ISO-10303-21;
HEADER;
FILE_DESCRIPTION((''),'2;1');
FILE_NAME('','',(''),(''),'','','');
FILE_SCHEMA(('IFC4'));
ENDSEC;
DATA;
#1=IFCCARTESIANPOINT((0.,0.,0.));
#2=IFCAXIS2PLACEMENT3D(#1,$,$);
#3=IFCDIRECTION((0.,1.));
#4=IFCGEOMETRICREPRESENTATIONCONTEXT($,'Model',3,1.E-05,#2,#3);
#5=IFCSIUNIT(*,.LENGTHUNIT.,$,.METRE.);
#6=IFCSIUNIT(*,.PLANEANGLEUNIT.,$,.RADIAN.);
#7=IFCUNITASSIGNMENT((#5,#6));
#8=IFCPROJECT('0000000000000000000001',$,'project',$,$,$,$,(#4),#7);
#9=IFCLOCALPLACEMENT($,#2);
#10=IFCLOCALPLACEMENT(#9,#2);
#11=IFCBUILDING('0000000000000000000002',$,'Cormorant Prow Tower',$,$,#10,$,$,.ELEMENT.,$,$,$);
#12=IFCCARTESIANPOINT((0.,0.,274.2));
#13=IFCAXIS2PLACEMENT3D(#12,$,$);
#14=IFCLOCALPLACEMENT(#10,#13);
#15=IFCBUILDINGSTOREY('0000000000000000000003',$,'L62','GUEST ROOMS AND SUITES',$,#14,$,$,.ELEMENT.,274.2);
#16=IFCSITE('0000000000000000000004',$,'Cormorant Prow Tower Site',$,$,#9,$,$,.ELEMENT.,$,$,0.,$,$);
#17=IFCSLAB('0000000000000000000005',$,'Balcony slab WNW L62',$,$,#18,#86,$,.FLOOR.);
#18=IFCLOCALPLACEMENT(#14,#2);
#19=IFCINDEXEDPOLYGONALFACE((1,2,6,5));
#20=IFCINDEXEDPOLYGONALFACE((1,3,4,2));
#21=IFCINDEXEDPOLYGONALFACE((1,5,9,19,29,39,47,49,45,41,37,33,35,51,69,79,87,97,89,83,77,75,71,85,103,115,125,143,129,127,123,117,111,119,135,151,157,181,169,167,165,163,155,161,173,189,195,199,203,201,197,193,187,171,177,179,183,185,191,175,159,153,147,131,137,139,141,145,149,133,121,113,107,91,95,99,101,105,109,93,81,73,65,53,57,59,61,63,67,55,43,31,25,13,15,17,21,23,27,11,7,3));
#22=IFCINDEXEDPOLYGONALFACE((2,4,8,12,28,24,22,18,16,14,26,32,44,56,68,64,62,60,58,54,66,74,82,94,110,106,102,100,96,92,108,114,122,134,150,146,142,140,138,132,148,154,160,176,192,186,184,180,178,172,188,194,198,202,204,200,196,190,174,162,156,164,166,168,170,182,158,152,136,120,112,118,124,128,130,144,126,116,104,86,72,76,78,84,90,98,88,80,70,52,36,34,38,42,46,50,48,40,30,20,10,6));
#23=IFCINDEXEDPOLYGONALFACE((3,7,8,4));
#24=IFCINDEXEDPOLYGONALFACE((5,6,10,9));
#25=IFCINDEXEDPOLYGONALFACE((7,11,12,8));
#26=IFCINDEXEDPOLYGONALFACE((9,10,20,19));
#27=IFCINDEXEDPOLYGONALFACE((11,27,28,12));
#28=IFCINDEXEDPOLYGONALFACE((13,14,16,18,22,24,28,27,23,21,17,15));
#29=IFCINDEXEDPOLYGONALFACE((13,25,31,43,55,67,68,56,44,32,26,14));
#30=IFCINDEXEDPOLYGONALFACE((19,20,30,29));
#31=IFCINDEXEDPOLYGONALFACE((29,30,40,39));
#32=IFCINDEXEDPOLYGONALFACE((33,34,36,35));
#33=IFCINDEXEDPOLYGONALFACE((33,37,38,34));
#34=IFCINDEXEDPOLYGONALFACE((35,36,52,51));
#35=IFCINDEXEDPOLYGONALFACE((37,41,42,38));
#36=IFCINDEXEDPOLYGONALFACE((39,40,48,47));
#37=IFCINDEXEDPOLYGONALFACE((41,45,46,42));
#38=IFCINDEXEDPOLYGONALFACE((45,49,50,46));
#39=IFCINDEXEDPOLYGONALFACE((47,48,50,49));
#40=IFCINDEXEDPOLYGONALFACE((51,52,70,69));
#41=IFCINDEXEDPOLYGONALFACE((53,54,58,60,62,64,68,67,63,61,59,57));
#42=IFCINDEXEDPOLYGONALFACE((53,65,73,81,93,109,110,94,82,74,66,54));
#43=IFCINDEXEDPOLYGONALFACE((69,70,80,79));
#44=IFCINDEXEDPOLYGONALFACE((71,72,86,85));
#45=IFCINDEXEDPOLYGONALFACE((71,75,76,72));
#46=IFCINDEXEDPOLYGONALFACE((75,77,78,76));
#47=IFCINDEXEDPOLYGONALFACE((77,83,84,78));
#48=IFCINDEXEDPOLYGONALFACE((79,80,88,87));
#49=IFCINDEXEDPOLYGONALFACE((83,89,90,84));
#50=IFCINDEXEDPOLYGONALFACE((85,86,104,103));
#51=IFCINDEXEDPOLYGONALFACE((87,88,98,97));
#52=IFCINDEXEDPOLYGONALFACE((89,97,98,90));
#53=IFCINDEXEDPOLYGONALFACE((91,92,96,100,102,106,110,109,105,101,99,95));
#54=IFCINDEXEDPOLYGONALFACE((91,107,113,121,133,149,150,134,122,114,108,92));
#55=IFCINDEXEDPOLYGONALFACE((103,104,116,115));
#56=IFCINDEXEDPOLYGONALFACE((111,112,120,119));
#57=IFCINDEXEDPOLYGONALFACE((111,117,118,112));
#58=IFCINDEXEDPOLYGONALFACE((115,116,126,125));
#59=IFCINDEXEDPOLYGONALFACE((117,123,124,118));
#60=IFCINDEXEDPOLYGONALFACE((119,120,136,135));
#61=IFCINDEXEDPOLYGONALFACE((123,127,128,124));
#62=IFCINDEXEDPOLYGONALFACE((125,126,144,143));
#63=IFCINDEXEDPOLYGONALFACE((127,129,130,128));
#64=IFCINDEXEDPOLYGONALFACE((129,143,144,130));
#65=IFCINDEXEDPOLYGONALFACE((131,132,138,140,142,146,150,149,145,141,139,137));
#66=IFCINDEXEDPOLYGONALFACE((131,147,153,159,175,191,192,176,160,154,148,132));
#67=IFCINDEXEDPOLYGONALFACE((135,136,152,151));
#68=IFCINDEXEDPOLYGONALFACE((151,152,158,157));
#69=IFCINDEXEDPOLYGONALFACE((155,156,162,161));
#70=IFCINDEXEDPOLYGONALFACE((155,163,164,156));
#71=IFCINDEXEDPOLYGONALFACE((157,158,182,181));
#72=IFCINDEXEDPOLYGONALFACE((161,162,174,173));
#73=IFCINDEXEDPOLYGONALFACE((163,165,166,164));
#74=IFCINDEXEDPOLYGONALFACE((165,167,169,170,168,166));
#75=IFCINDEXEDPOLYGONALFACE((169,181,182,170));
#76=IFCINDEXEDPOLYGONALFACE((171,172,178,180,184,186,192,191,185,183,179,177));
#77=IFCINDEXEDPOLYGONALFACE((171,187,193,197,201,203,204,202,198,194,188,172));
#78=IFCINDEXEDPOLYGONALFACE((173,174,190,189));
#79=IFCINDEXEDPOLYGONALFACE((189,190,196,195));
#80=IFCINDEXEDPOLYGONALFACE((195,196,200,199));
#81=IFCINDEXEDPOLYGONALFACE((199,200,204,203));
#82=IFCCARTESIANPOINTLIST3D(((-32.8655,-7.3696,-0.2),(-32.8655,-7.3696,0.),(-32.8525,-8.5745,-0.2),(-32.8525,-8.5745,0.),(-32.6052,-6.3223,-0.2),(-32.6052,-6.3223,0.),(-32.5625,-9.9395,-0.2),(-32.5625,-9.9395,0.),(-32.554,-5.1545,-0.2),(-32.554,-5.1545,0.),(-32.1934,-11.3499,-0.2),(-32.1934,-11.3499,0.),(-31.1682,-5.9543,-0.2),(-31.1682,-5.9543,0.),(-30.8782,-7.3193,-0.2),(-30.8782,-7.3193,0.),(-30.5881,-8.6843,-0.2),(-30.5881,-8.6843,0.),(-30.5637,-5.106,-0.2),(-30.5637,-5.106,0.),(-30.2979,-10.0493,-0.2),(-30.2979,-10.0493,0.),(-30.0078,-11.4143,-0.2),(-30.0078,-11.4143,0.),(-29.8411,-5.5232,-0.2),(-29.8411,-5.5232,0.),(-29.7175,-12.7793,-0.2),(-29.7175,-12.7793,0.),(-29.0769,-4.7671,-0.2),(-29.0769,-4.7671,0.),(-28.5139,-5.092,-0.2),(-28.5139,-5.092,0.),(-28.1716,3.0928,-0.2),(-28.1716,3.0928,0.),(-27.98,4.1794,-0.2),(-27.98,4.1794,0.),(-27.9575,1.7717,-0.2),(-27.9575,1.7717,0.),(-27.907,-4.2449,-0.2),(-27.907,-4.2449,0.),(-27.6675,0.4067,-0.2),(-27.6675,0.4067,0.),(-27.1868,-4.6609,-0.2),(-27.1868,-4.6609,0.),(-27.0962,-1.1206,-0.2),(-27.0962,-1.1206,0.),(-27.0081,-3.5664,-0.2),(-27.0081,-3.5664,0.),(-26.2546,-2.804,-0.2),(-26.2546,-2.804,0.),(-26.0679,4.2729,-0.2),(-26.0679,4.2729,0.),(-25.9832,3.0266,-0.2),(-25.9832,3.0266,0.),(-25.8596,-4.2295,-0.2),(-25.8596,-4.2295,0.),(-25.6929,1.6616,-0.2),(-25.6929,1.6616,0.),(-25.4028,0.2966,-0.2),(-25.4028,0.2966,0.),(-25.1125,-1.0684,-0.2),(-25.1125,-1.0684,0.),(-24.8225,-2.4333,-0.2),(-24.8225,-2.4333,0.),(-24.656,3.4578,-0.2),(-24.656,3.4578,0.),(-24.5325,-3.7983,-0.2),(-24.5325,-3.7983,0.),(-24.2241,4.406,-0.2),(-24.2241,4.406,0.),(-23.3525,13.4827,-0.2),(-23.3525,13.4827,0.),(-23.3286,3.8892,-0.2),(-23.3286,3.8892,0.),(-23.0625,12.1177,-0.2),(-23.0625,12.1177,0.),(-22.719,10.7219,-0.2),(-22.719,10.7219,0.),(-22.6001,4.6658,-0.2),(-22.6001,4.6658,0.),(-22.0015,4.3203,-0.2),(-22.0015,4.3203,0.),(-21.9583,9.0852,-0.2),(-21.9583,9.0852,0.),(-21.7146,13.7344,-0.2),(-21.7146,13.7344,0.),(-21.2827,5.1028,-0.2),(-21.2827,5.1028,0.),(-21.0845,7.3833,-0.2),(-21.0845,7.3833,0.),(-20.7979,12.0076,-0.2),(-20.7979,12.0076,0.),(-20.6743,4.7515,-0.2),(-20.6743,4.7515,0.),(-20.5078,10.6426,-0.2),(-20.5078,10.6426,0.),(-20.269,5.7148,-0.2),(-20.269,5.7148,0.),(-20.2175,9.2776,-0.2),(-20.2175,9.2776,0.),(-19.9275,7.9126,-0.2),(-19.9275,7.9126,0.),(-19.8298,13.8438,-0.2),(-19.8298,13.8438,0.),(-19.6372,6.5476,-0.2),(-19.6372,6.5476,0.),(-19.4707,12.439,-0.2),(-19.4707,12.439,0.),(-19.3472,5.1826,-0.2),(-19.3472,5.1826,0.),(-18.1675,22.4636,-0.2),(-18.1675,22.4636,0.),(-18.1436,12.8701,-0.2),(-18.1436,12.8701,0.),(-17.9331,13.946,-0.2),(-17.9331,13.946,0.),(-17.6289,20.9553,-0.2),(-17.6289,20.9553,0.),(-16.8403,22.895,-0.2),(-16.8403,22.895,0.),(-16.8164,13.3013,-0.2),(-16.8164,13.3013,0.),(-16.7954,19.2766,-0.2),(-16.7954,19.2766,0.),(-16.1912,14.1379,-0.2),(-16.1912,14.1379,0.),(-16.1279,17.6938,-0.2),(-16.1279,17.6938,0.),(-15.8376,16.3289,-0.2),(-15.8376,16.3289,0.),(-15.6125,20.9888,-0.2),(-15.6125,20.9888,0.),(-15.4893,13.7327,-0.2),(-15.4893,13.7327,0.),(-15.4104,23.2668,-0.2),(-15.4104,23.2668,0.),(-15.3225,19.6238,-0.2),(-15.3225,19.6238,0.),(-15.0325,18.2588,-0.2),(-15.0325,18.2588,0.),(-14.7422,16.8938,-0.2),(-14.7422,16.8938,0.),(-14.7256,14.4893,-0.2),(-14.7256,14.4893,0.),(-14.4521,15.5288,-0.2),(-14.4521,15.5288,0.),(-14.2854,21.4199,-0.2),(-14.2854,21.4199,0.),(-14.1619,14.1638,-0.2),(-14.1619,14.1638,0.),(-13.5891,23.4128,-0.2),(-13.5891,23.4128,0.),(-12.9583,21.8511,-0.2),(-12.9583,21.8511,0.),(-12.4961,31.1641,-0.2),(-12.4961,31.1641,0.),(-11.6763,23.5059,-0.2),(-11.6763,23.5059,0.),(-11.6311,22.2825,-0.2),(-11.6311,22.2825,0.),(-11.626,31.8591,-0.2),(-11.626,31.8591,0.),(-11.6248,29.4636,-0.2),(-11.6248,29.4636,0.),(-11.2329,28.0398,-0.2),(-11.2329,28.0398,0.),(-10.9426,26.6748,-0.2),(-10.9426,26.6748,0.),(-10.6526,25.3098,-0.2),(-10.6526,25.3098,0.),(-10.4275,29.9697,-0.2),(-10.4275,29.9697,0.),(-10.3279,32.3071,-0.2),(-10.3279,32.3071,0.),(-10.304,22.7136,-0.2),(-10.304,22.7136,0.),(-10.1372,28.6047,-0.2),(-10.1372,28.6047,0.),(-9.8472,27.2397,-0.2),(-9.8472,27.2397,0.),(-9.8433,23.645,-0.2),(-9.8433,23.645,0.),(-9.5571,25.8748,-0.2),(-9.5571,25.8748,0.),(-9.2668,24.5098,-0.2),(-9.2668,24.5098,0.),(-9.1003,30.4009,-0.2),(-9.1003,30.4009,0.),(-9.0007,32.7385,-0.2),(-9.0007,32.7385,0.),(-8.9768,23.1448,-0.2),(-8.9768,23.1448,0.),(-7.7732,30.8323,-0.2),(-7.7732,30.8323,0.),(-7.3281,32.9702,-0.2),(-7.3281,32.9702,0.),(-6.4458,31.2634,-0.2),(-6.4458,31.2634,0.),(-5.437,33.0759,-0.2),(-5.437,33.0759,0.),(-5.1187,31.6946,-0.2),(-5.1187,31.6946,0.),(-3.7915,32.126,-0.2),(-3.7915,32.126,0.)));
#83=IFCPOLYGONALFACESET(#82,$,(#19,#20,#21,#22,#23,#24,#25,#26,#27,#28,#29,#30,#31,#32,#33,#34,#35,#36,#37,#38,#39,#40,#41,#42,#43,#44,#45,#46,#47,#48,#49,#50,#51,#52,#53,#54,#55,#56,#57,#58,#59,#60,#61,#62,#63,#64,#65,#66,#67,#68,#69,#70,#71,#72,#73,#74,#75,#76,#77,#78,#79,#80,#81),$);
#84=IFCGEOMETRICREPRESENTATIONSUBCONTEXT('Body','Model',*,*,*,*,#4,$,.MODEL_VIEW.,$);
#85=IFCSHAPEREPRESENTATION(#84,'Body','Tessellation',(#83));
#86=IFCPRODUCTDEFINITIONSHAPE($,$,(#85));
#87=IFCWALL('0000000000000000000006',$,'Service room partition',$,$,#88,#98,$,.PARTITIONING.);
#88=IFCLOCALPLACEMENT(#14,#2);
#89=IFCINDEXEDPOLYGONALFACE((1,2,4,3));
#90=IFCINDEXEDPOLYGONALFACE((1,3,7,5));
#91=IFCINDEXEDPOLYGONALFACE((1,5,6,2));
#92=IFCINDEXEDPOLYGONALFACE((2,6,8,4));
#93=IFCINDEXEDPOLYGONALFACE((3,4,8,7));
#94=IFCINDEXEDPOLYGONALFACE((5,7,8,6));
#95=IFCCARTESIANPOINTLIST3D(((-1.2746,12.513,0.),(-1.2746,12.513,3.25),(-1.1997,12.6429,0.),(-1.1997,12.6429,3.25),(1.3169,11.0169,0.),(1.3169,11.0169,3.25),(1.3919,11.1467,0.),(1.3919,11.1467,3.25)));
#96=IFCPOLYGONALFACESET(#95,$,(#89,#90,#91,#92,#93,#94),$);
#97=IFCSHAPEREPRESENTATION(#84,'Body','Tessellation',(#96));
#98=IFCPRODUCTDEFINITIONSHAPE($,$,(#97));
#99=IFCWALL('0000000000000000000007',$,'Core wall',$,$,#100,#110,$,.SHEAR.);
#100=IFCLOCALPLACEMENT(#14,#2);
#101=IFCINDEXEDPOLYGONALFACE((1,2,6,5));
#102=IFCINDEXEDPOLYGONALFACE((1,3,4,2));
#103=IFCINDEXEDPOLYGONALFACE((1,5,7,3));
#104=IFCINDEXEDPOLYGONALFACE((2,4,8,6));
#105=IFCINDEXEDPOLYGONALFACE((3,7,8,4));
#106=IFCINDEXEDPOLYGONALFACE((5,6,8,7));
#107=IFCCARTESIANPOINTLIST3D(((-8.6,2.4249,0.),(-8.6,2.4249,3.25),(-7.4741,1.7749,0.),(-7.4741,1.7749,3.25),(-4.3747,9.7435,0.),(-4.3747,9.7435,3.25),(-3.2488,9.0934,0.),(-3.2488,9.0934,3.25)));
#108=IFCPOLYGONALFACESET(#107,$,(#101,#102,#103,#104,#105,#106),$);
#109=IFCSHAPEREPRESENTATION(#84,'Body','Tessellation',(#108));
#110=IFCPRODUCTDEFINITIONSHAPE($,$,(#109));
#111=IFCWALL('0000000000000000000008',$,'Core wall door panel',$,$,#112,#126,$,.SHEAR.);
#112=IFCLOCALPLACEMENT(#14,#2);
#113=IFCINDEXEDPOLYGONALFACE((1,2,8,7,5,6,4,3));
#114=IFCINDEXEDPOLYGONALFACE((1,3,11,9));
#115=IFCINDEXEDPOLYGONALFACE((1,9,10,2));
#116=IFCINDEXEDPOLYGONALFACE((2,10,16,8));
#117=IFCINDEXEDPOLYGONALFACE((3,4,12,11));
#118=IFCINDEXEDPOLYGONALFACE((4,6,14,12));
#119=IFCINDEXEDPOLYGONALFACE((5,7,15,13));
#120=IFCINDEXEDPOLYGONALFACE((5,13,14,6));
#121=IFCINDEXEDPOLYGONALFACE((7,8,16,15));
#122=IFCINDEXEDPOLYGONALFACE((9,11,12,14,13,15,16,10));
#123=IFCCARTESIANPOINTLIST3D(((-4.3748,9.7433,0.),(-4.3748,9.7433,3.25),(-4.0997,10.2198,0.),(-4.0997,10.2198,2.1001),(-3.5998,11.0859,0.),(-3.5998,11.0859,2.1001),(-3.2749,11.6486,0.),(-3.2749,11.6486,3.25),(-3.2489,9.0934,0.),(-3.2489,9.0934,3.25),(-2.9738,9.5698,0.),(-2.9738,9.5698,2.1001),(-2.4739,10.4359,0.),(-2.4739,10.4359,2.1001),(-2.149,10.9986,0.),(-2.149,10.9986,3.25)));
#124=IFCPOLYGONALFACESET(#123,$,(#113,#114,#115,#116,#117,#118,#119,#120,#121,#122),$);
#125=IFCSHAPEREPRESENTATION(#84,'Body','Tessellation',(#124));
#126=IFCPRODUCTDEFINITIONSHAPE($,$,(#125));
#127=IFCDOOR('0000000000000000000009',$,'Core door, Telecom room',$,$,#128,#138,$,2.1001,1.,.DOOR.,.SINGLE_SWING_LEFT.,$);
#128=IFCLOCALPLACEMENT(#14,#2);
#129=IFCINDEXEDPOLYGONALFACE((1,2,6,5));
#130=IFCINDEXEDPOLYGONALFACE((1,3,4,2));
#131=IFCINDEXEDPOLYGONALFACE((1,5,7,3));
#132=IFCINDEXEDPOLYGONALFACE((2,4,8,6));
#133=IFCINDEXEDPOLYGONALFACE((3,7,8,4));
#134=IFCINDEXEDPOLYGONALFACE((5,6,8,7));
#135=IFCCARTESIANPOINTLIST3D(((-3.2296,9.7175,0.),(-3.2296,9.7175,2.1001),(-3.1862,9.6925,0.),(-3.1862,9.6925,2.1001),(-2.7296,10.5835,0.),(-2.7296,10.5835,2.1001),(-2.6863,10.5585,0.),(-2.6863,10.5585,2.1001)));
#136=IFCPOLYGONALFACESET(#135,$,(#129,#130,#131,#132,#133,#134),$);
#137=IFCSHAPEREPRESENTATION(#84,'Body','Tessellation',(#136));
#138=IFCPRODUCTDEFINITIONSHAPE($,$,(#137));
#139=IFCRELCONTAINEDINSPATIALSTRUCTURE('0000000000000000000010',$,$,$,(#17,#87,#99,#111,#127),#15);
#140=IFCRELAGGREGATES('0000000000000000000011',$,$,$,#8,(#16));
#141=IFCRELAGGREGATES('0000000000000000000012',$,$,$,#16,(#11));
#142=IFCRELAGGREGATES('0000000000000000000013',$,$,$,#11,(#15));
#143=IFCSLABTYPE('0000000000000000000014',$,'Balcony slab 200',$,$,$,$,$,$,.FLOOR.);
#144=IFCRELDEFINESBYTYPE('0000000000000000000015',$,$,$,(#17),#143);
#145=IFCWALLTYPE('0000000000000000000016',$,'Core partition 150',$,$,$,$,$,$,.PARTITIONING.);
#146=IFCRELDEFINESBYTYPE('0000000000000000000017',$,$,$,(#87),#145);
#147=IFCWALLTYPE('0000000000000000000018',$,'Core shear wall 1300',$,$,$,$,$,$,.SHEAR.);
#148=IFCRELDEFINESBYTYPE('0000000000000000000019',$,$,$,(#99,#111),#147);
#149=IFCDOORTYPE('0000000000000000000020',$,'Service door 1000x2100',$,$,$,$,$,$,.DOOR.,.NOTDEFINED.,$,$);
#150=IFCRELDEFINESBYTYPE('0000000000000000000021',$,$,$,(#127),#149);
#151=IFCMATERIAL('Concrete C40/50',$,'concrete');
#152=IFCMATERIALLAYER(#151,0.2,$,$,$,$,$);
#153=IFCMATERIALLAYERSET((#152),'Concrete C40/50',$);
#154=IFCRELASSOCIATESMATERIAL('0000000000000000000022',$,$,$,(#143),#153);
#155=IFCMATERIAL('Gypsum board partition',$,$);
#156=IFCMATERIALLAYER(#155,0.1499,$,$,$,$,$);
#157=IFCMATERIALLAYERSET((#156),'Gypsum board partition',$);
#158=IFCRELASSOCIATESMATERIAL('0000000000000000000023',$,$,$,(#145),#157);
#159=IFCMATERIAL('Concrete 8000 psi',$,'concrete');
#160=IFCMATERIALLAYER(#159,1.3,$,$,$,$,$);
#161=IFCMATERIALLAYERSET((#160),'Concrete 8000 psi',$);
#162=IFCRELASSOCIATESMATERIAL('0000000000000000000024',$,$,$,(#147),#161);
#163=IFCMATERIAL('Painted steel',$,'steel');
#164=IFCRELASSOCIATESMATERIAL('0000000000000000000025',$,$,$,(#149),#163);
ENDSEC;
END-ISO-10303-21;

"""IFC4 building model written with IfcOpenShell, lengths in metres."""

from ifc_helpers import new_model, si_unit, direction, frame, frame_2d, origin, place, context, subcontext, project, spatial, polyline, rectangle, outline, extrude, material, layer, layer_set, type_object, element, fill, save


model = new_model("IFC4")

# Units and contexts
model_context = context("Model", 3, precision=1e-05, world=origin(), true_north=direction((0.0, 1.0)))
body_context = subcontext(model_context, "Body", "Model", "MODEL_VIEW")
ifc_project = project(units=[si_unit("LENGTHUNIT", "METRE"), si_unit("PLANEANGLEUNIT", "RADIAN")], contexts=[model_context])

# Site, building, storey
site_placement = place(None, origin())
site = spatial("IfcSite", under=ifc_project, at=site_placement, Name="Cormorant Prow Tower Site", CompositionType="ELEMENT", RefElevation=0.0)
building_placement = place(site_placement, origin())
building = spatial("IfcBuilding", under=site, at=building_placement, Name="Cormorant Prow Tower", CompositionType="ELEMENT")
storey_placement = place(building_placement, frame((0.0, 0.0, 274.2)))
storey = spatial("IfcBuildingStorey", under=building, at=storey_placement, Name="L62", Description="GUEST ROOMS AND SUITES", CompositionType="ELEMENT", Elevation=274.2)

# Slab
ifc_material_1 = material(Name="Concrete C40/50", Category="concrete")
ifc_layer_1 = layer(ifc_material_1, 0.2)
ifc_layer_set_1 = layer_set([ifc_layer_1], Name="Concrete C40/50")
slab_type = type_object("IfcSlabType", Name="Balcony slab 200", PredefinedType="FLOOR", material=ifc_layer_set_1)
slab_1_placement = place(storey_placement, frame((0.0, 0.0, -0.2)))
element("IfcSlab", 1, at=slab_1_placement, inside=storey, type_object=slab_type, Name="Balcony slab WNW L62", PredefinedType="FLOOR", context=body_context, shape_type="SweptSolid", body=[
    extrude(outline(polyline([(-3.7915, 32.126), (-5.437, 33.0759), (-7.3281, 32.9702), (-9.0007, 32.7385), (-10.3279, 32.3071), (-11.626, 31.8591), (-12.4961, 31.1641), (-11.6248, 29.4636), (-11.2329, 28.0398), (-10.9426, 26.6748), (-10.6526, 25.3098), (-9.8433, 23.645), (-11.6763, 23.5059), (-13.5891, 23.4128), (-15.4104, 23.2668), (-16.8403, 22.895), (-18.1675, 22.4636), (-17.6289, 20.9553), (-16.7954, 19.2766), (-16.1279, 17.6938), (-15.8376, 16.3289), (-14.7256, 14.4893), (-16.1912, 14.1379), (-17.9331, 13.946), (-19.8298, 13.8438), (-21.7146, 13.7344), (-23.3525, 13.4827), (-23.0625, 12.1177), (-22.719, 10.7219), (-21.9583, 9.0852), (-21.0845, 7.3833), (-20.269, 5.7148), (-21.2827, 5.1028), (-22.6001, 4.6658), (-24.2241, 4.406), (-26.0679, 4.2729), (-27.98, 4.1794), (-28.1716, 3.0928), (-27.9575, 1.7717), (-27.6675, 0.4067), (-27.0962, -1.1206), (-26.2546, -2.804), (-27.0081, -3.5664), (-27.907, -4.2449), (-29.0769, -4.7671), (-30.5637, -5.106), (-32.554, -5.1545), (-32.6052, -6.3223), (-32.8655, -7.3696), (-32.8525, -8.5745), (-32.5625, -9.9395), (-32.1934, -11.3499), (-29.7175, -12.7793), (-30.0078, -11.4143), (-30.2979, -10.0493), (-30.5881, -8.6843), (-30.8782, -7.3193), (-31.1682, -5.9543), (-29.8411, -5.5232), (-28.5139, -5.092), (-27.1868, -4.6609), (-25.8596, -4.2295), (-24.5325, -3.7983), (-24.8225, -2.4333), (-25.1125, -1.0684), (-25.4028, 0.2966), (-25.6929, 1.6616), (-25.9832, 3.0266), (-24.656, 3.4578), (-23.3286, 3.8892), (-22.0015, 4.3203), (-20.6743, 4.7515), (-19.3472, 5.1826), (-19.6372, 6.5476), (-19.9275, 7.9126), (-20.2175, 9.2776), (-20.5078, 10.6426), (-20.7979, 12.0076), (-19.4707, 12.439), (-18.1436, 12.8701), (-16.8164, 13.3013), (-15.4893, 13.7327), (-14.1619, 14.1638), (-14.4521, 15.5288), (-14.7422, 16.8938), (-15.0325, 18.2588), (-15.3225, 19.6238), (-15.6125, 20.9888), (-14.2854, 21.4199), (-12.9583, 21.8511), (-11.6311, 22.2825), (-10.304, 22.7136), (-8.9768, 23.1448), (-9.2668, 24.5098), (-9.5571, 25.8748), (-9.8472, 27.2397), (-10.1372, 28.6047), (-10.4275, 29.9697), (-9.1003, 30.4009), (-7.7732, 30.8323), (-6.4458, 31.2634), (-5.1187, 31.6946), (-3.7915, 32.126)])), origin(), (0.0, 0.0, 1.0), 0.2),
])

# Walls
ifc_material_2 = material(Name="Gypsum board partition")
ifc_layer_2 = layer(ifc_material_2, 0.1499)
ifc_layer_set_2 = layer_set([ifc_layer_2], Name="Gypsum board partition")
wall_type_1 = type_object("IfcWallType", Name="Core partition 150", PredefinedType="PARTITIONING", material=ifc_layer_set_2)
wall_1_placement = place(storey_placement, frame((-1.2371, 12.5779, 0.0), z_axis=(0.0, 0.0, 1.0), x_axis=(0.866046, -0.499965, 0.0)))
element("IfcWall", 2, at=wall_1_placement, inside=storey, type_object=wall_type_1, Name="Service room partition", PredefinedType="PARTITIONING", context=body_context, shape_type="SweptSolid", body=[
    extrude(rectangle(XDim=2.9924, YDim=0.1499, at=frame_2d((1.4961, 0.0))), origin(), (0.0, 0.0, 1.0), 3.25),
])
ifc_material_3 = material(Name="Concrete 8000 psi", Category="concrete")
ifc_layer_3 = layer(ifc_material_3, 1.3)
ifc_layer_set_3 = layer_set([ifc_layer_3], Name="Concrete 8000 psi")
wall_type_2 = type_object("IfcWallType", Name="Core shear wall 1300", PredefinedType="SHEAR", material=ifc_layer_set_3)
wall_2_placement = place(storey_placement, frame((-3.8118, 9.4185, 0.0), z_axis=(0.0, 0.0, 1.0), x_axis=(-0.499995, -0.866028, 0.0)))
element("IfcWall", 3, at=wall_2_placement, inside=storey, type_object=wall_type_2, Name="Core wall", PredefinedType="SHEAR", context=body_context, shape_type="SweptSolid", body=[
    extrude(rectangle(XDim=8.4507, YDim=1.3, at=frame_2d((4.2253, 0.0))), origin(), (0.0, 0.0, 1.0), 3.25),
])

# Wall, opening, door
wall_3_placement = place(storey_placement, frame((-2.7119, 11.3237, 0.0), z_axis=(0.0, 0.0, 1.0), x_axis=(-0.499947, -0.866056, 0.0)))
wall_3 = element("IfcWall", 4, at=wall_3_placement, inside=storey, type_object=wall_type_2, Name="Core wall door panel", PredefinedType="SHEAR", context=body_context, shape_type="SweptSolid", body=[
    extrude(rectangle(XDim=2.2, YDim=1.3, at=frame_2d((1.1001, 0.0))), origin(), (0.0, 0.0, 1.0), 3.25),
])
opening_1_placement = place(wall_3_placement, frame((0.6499, 0.0, 0.0)))
opening_1 = element("IfcOpeningElement", 5, at=opening_1_placement, cuts=wall_3, PredefinedType="OPENING", context=body_context, shape_type="SweptSolid", body=[
    extrude(rectangle(XDim=1.0, YDim=2.1001, at=frame_2d((0.5, 1.05))), frame((0.0, 0.6599, 0.0), z_axis=(0.0, -1.0, 0.0), x_axis=(1.0, 0.0, 0.0)), (0.0, 0.0, 1.0), 1.3201),
])
ifc_material_4 = material(Name="Painted steel", Category="steel")
door_type_1 = type_object("IfcDoorType", Name="Service door 1000x2100", OperationType="NOTDEFINED", PredefinedType="DOOR", material=ifc_material_4)
door_1_placement = place(opening_1_placement, origin())
door_1 = element("IfcDoor", 6, at=door_1_placement, inside=storey, type_object=door_type_1, Name="Core door, Telecom room", OperationType="SINGLE_SWING_LEFT", OverallHeight=2.1001, OverallWidth=1.0, PredefinedType="DOOR", context=body_context, shape_type="SweptSolid", body=[
    extrude(rectangle(XDim=1.0, YDim=2.1001, at=frame_2d((0.5, 1.05))), frame((0.0, 0.4048, 0.0), z_axis=(0.0, -1.0, 0.0), x_axis=(1.0, 0.0, 0.0)), (0.0, 0.0, 1.0), 0.05),
])
fill(opening_1, door_1)

save(model, "model.ifc")
